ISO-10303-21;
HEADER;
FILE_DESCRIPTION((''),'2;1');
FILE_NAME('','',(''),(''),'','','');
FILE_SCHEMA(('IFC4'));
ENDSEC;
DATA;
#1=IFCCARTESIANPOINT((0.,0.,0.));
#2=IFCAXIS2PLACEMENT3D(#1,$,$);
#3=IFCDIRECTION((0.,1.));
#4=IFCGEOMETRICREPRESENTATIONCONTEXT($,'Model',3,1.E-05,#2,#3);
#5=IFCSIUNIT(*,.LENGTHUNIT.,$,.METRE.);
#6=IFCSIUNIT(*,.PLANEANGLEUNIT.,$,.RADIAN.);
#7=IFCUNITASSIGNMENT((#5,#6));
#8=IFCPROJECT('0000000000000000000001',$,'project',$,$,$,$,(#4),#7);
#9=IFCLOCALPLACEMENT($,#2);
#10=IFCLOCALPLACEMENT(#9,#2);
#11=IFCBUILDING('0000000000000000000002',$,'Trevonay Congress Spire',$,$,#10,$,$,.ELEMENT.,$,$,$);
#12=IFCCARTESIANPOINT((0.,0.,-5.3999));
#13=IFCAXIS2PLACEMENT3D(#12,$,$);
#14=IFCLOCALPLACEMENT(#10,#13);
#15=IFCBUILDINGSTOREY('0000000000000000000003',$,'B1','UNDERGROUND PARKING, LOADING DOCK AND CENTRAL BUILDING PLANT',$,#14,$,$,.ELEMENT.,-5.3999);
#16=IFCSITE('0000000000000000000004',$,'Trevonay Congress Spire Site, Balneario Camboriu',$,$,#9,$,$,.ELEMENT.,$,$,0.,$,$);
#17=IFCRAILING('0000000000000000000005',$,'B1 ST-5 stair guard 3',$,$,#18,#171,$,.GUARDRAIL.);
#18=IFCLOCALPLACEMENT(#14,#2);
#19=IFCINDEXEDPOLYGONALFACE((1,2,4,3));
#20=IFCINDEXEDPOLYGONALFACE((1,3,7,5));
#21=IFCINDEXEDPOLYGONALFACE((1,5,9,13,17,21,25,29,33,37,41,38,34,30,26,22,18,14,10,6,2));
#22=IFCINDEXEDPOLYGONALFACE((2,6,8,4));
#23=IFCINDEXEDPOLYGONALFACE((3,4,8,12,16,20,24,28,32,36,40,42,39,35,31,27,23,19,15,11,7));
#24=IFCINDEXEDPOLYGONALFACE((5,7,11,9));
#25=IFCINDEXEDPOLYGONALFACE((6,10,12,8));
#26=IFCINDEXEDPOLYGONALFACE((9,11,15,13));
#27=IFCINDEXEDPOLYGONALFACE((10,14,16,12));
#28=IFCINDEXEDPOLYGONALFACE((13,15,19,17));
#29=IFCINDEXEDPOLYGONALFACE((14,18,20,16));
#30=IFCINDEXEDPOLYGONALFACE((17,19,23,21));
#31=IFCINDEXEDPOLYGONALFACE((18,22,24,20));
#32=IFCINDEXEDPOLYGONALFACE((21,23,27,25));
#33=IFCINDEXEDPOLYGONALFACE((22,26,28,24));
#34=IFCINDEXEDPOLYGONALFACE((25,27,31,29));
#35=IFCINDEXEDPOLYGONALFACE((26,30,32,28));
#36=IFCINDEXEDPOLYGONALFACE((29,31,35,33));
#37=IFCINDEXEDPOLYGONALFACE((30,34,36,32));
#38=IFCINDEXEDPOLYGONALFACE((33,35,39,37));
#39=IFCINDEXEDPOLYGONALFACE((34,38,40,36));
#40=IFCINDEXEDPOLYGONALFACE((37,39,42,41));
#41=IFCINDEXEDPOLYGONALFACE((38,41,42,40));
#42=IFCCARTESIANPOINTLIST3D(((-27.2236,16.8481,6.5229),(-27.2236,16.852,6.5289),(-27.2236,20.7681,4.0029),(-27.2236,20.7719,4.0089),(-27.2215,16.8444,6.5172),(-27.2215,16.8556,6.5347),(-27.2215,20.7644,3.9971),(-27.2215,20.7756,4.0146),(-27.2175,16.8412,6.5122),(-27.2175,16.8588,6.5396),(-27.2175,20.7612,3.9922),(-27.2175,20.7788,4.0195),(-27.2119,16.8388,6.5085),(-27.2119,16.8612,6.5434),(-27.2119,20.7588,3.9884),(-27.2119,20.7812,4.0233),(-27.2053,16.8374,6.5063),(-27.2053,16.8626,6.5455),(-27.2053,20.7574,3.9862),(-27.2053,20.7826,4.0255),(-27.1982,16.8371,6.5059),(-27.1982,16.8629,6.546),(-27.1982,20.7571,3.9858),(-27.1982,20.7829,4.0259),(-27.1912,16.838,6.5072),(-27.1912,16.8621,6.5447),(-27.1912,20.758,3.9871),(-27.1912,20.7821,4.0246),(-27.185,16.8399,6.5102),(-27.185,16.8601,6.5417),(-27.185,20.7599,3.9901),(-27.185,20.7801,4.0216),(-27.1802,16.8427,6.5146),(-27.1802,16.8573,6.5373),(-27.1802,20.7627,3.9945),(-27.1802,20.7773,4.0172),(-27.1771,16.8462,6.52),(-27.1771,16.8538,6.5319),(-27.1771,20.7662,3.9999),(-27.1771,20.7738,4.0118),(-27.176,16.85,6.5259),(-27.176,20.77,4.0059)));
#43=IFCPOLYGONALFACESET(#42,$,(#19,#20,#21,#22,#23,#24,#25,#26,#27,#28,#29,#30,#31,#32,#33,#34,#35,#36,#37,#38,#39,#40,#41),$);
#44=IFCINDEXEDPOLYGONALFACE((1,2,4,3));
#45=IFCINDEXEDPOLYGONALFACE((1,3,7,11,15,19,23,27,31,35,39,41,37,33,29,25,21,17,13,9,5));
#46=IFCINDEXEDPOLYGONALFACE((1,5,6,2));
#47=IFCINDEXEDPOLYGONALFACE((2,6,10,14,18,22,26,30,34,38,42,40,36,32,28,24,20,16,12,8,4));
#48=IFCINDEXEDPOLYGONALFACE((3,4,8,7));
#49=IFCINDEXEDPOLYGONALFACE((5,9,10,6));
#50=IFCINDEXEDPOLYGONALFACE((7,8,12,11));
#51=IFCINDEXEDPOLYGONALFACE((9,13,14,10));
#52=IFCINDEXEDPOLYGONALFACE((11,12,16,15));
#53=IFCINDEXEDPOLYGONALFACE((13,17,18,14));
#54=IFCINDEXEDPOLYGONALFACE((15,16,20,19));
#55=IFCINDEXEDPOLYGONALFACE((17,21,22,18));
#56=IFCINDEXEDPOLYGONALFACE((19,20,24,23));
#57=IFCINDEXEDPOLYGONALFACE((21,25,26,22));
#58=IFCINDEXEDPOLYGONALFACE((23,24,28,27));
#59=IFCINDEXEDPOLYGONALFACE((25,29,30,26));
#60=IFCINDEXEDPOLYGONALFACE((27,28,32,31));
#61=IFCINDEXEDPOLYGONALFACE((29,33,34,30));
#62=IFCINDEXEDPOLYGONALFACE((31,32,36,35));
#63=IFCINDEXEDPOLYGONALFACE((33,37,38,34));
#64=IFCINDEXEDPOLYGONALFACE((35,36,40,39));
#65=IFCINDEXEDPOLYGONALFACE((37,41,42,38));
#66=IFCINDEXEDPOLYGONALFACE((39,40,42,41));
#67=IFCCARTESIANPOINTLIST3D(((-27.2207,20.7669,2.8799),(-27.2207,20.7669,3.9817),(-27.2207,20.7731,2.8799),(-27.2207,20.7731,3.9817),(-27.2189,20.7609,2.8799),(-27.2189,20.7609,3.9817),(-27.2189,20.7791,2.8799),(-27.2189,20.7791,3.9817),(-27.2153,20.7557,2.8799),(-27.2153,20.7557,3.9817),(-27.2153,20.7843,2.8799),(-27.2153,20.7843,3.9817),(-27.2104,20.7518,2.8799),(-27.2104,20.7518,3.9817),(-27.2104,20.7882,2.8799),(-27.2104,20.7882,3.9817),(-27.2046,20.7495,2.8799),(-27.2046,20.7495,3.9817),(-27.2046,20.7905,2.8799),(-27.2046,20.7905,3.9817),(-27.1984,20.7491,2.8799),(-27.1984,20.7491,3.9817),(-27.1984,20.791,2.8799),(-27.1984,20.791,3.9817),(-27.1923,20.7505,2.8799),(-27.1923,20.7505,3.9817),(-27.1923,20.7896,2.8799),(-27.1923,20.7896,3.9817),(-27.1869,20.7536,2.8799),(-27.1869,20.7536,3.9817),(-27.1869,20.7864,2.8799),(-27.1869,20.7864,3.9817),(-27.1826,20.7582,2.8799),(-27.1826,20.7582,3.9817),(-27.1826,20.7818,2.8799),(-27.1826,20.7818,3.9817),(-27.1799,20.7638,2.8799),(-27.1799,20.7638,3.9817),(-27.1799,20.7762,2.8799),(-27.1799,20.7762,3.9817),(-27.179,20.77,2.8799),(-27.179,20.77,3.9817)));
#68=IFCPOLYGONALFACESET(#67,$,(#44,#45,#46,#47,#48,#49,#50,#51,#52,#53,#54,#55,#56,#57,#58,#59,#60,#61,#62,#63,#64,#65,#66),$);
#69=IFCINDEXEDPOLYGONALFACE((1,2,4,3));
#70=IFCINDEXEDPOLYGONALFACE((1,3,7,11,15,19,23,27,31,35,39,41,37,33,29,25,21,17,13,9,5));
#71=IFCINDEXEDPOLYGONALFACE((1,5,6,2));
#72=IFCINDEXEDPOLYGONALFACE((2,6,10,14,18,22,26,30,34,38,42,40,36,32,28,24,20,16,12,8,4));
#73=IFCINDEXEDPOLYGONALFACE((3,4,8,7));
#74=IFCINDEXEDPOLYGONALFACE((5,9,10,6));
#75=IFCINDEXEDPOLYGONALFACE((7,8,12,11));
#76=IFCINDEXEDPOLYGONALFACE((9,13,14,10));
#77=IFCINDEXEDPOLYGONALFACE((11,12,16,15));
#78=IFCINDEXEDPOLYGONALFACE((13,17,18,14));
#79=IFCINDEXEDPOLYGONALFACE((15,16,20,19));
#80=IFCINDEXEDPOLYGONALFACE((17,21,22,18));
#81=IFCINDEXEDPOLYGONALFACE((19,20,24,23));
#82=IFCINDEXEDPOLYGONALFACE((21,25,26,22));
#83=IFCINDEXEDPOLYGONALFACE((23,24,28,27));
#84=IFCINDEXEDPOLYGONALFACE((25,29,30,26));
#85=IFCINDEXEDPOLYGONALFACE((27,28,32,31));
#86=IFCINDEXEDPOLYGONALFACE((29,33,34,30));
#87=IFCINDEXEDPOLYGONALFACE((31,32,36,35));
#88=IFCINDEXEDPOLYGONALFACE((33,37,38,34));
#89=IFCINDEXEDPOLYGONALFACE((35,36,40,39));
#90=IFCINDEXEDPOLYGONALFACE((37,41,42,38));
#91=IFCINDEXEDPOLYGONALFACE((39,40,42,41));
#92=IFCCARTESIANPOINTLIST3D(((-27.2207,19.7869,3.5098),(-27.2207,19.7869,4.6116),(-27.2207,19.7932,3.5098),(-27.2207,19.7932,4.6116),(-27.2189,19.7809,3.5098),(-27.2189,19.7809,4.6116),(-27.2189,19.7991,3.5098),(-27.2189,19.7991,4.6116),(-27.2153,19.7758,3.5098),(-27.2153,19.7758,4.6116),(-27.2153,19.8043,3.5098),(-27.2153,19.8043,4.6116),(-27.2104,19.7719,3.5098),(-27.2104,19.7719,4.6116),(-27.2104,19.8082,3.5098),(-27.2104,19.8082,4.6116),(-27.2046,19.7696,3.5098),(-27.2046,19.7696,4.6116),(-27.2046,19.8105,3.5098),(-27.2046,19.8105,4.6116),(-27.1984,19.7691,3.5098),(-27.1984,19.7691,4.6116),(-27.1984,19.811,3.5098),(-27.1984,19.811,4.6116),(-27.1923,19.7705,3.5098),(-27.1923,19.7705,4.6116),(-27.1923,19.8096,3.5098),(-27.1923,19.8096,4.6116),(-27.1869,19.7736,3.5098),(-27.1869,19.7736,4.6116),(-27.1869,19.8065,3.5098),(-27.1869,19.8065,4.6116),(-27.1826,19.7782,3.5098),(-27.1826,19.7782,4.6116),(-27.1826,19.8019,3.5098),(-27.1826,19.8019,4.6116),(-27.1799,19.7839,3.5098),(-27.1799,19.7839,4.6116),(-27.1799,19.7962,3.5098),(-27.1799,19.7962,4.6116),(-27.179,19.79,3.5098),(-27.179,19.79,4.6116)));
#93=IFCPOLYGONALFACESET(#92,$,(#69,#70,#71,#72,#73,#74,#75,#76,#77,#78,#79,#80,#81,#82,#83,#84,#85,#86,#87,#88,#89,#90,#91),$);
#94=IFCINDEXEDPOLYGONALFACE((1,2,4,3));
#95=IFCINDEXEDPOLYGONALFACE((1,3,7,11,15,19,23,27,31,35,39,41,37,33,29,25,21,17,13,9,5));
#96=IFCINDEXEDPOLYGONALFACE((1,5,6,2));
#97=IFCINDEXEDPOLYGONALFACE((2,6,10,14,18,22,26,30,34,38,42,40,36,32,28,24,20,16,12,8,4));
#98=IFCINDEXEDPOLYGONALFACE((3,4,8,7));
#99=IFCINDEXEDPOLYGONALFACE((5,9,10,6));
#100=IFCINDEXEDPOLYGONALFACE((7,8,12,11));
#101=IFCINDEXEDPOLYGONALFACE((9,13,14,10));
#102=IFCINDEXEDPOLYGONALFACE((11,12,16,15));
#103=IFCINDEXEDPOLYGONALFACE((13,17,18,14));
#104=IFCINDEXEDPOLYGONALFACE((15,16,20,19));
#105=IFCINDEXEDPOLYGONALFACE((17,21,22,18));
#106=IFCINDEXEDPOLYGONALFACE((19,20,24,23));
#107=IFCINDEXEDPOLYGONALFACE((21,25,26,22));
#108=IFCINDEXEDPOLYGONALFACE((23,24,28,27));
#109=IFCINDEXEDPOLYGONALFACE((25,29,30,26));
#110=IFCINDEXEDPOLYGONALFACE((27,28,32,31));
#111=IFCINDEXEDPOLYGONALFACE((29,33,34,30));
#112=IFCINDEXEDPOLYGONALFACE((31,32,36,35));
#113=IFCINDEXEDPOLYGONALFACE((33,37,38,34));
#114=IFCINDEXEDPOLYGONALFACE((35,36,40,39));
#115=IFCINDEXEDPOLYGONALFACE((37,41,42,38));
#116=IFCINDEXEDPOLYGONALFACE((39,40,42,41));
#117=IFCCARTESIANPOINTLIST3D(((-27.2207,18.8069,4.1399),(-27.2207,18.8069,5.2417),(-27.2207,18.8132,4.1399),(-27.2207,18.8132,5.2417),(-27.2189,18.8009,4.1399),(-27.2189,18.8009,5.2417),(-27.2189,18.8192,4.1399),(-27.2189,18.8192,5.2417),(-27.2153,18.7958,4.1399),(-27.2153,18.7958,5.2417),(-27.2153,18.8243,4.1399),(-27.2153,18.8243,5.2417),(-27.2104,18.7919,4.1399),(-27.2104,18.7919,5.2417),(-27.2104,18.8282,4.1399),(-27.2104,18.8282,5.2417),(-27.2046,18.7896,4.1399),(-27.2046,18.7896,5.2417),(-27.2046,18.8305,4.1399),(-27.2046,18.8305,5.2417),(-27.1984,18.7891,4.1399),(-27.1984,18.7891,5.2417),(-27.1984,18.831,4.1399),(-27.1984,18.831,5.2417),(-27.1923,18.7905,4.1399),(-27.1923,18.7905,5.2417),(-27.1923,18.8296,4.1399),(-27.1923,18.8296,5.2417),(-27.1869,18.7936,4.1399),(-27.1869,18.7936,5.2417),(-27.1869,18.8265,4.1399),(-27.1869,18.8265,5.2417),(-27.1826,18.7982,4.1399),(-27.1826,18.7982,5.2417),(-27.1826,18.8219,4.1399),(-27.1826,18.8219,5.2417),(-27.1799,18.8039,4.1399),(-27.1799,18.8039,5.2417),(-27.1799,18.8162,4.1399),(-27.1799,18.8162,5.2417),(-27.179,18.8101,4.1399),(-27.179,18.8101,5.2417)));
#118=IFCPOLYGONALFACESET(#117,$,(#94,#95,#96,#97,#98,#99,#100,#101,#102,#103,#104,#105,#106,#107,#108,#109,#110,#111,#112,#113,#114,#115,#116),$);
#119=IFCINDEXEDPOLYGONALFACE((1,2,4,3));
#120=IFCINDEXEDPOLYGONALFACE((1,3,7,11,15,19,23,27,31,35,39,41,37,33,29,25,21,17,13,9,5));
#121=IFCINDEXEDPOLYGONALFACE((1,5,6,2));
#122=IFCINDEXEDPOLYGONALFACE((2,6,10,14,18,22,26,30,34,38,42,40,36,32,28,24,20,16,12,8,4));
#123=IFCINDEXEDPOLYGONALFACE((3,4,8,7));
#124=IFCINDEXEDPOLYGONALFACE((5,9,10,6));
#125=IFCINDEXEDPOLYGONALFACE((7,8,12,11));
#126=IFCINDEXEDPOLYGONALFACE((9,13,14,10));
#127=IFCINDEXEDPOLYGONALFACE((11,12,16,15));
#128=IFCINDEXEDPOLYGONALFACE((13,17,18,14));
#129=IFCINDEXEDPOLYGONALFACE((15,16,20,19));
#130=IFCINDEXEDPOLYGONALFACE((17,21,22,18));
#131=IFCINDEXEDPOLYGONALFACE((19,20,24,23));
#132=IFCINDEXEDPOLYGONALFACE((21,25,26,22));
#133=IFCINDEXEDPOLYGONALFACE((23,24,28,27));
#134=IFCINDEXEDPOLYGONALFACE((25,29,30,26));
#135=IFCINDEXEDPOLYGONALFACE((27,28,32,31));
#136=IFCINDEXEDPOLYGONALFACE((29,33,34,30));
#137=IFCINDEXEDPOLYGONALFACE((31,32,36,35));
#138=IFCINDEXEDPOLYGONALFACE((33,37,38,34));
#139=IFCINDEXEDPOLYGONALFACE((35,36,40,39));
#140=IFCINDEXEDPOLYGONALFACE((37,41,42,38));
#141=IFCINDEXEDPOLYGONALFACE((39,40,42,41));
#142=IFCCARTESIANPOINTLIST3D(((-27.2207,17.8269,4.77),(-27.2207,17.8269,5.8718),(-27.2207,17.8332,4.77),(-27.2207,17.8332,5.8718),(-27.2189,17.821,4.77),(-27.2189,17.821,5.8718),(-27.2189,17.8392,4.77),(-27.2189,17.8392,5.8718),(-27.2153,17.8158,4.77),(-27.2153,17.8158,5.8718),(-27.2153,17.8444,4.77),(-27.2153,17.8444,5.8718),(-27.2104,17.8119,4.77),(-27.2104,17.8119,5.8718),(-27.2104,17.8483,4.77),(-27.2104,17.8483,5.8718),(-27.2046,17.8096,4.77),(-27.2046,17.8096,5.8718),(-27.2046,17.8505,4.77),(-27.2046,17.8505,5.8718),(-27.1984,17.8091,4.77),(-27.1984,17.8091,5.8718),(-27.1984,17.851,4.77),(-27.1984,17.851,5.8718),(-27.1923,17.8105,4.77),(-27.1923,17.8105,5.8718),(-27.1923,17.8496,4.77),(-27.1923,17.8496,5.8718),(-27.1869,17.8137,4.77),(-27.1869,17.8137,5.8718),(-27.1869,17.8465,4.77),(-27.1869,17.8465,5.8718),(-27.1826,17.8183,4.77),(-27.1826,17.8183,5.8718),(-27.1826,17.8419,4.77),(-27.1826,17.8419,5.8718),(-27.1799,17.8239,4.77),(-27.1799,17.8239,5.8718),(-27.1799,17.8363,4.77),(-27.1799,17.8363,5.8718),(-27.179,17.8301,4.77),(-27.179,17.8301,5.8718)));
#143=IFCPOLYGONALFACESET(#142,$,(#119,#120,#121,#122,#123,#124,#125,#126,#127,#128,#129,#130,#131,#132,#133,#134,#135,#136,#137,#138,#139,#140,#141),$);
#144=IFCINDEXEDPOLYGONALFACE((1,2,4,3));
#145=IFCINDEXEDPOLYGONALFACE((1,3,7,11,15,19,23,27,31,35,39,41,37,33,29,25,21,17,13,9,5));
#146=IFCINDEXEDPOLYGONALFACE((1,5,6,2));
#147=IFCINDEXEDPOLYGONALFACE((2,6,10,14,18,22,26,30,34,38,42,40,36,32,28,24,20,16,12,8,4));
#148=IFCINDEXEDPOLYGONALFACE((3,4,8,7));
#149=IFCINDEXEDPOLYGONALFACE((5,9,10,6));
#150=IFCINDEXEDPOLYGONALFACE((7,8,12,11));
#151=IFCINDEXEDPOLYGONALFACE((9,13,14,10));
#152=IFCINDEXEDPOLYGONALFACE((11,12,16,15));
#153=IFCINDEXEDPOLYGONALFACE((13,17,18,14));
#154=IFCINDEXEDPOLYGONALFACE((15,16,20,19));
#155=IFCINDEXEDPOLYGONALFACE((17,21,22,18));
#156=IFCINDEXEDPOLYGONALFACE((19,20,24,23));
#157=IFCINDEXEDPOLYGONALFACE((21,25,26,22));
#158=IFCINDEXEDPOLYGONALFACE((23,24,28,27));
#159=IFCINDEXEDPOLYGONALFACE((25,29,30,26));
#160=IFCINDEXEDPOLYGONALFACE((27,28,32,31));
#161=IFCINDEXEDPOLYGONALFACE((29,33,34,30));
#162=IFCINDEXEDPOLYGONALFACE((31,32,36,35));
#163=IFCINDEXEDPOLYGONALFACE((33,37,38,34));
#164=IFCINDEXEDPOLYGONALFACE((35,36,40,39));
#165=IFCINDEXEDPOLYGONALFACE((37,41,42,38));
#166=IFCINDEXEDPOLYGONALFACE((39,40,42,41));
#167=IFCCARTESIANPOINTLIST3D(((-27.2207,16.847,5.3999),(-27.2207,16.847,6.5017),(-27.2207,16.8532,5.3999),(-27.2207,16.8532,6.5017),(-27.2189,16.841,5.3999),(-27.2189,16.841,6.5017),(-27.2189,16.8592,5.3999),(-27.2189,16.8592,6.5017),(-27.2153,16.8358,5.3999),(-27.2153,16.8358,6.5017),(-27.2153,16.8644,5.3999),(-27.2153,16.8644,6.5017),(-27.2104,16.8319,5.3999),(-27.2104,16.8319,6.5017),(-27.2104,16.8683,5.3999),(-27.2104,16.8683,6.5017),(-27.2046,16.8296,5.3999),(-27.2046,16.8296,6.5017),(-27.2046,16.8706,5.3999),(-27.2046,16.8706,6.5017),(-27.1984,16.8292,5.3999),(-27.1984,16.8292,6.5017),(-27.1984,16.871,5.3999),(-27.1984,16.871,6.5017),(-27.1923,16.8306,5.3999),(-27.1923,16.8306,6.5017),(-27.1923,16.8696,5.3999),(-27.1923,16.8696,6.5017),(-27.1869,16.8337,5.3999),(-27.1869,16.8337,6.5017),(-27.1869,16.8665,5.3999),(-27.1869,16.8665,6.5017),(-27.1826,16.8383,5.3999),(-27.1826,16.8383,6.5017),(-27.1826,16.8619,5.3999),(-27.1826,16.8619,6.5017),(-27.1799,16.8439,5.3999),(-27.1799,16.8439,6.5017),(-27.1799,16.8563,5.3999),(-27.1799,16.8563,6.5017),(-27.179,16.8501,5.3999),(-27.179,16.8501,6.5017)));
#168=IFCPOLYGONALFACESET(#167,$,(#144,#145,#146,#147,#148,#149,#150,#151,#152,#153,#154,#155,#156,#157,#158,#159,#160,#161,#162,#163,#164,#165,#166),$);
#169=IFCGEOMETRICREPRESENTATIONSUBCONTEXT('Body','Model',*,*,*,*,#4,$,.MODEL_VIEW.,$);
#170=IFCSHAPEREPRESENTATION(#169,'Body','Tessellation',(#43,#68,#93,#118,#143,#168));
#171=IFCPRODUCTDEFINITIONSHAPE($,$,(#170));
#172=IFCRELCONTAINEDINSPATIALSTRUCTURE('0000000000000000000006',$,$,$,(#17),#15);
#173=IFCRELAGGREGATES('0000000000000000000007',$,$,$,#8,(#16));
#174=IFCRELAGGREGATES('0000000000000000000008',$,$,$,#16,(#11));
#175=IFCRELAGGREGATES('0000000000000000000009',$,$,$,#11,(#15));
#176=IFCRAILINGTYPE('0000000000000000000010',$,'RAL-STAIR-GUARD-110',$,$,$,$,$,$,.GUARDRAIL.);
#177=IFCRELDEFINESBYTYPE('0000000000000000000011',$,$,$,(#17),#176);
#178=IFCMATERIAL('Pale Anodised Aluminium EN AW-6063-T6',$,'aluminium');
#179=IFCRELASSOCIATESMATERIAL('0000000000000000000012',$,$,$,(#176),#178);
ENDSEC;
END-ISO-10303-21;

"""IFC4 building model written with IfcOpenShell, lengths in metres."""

from ifc_helpers import new_model, si_unit, direction, frame, origin, origin_2d, place, context, subcontext, project, spatial, circle, extrude, material, type_object, element, save


model = new_model("IFC4")

# Units and contexts
model_context = context("Model", 3, precision=1e-05, world=origin(), true_north=direction((0.0, 1.0)))
body_context = subcontext(model_context, "Body", "Model", "MODEL_VIEW")
ifc_project = project(units=[si_unit("LENGTHUNIT", "METRE"), si_unit("PLANEANGLEUNIT", "RADIAN")], contexts=[model_context])

# Site, building, storey
site_placement = place(None, origin())
site = spatial("IfcSite", under=ifc_project, at=site_placement, Name="Trevonay Congress Spire Site, Balneario Camboriu", CompositionType="ELEMENT", RefElevation=0.0)
building_placement = place(site_placement, origin())
building = spatial("IfcBuilding", under=site, at=building_placement, Name="Trevonay Congress Spire", CompositionType="ELEMENT")
storey_placement = place(building_placement, frame((0.0, 0.0, -5.3999)))
storey = spatial("IfcBuildingStorey", under=building, at=storey_placement, Name="B1", Description="UNDERGROUND PARKING, LOADING DOCK AND CENTRAL BUILDING PLANT", CompositionType="ELEMENT", Elevation=-5.3999)

# Railing
ifc_material_1 = material(Name="Pale Anodised Aluminium EN AW-6063-T6", Category="aluminium")
railing_type_1 = type_object("IfcRailingType", Name="RAL-STAIR-GUARD-110", PredefinedType="GUARDRAIL", material=ifc_material_1)
railing_1_placement = place(storey_placement, frame((-27.2, 20.77, 2.8799)))
element("IfcRailing", 1, at=railing_1_placement, inside=storey, type_object=railing_type_1, Name="B1 ST-5 stair guard 3", PredefinedType="GUARDRAIL", context=body_context, shape_type="SweptSolid", body=[
    extrude(circle(Radius=0.0239, at=origin_2d()), frame((0.0, 0.0, 1.126), z_axis=(0.0, -0.841172, 0.540768), x_axis=(1.0, 0.0, 0.0)), (0.0, 0.0, 1.0), 4.6602),
    extrude(circle(Radius=0.021, at=origin_2d()), origin(), (0.0, 0.0, 1.0), 1.1018),
    extrude(circle(Radius=0.021, at=origin_2d()), frame((0.0, -0.98, 0.6299)), (0.0, 0.0, 1.0), 1.1018),
    extrude(circle(Radius=0.021, at=origin_2d()), frame((0.0, -1.96, 1.26)), (0.0, 0.0, 1.0), 1.1018),
    extrude(circle(Radius=0.021, at=origin_2d()), frame((0.0, -2.9399, 1.8901)), (0.0, 0.0, 1.0), 1.1018),
    extrude(circle(Radius=0.021, at=origin_2d()), frame((0.0, -3.9199, 2.52)), (0.0, 0.0, 1.0), 1.1018),
])

save(model, "model.ifc")
